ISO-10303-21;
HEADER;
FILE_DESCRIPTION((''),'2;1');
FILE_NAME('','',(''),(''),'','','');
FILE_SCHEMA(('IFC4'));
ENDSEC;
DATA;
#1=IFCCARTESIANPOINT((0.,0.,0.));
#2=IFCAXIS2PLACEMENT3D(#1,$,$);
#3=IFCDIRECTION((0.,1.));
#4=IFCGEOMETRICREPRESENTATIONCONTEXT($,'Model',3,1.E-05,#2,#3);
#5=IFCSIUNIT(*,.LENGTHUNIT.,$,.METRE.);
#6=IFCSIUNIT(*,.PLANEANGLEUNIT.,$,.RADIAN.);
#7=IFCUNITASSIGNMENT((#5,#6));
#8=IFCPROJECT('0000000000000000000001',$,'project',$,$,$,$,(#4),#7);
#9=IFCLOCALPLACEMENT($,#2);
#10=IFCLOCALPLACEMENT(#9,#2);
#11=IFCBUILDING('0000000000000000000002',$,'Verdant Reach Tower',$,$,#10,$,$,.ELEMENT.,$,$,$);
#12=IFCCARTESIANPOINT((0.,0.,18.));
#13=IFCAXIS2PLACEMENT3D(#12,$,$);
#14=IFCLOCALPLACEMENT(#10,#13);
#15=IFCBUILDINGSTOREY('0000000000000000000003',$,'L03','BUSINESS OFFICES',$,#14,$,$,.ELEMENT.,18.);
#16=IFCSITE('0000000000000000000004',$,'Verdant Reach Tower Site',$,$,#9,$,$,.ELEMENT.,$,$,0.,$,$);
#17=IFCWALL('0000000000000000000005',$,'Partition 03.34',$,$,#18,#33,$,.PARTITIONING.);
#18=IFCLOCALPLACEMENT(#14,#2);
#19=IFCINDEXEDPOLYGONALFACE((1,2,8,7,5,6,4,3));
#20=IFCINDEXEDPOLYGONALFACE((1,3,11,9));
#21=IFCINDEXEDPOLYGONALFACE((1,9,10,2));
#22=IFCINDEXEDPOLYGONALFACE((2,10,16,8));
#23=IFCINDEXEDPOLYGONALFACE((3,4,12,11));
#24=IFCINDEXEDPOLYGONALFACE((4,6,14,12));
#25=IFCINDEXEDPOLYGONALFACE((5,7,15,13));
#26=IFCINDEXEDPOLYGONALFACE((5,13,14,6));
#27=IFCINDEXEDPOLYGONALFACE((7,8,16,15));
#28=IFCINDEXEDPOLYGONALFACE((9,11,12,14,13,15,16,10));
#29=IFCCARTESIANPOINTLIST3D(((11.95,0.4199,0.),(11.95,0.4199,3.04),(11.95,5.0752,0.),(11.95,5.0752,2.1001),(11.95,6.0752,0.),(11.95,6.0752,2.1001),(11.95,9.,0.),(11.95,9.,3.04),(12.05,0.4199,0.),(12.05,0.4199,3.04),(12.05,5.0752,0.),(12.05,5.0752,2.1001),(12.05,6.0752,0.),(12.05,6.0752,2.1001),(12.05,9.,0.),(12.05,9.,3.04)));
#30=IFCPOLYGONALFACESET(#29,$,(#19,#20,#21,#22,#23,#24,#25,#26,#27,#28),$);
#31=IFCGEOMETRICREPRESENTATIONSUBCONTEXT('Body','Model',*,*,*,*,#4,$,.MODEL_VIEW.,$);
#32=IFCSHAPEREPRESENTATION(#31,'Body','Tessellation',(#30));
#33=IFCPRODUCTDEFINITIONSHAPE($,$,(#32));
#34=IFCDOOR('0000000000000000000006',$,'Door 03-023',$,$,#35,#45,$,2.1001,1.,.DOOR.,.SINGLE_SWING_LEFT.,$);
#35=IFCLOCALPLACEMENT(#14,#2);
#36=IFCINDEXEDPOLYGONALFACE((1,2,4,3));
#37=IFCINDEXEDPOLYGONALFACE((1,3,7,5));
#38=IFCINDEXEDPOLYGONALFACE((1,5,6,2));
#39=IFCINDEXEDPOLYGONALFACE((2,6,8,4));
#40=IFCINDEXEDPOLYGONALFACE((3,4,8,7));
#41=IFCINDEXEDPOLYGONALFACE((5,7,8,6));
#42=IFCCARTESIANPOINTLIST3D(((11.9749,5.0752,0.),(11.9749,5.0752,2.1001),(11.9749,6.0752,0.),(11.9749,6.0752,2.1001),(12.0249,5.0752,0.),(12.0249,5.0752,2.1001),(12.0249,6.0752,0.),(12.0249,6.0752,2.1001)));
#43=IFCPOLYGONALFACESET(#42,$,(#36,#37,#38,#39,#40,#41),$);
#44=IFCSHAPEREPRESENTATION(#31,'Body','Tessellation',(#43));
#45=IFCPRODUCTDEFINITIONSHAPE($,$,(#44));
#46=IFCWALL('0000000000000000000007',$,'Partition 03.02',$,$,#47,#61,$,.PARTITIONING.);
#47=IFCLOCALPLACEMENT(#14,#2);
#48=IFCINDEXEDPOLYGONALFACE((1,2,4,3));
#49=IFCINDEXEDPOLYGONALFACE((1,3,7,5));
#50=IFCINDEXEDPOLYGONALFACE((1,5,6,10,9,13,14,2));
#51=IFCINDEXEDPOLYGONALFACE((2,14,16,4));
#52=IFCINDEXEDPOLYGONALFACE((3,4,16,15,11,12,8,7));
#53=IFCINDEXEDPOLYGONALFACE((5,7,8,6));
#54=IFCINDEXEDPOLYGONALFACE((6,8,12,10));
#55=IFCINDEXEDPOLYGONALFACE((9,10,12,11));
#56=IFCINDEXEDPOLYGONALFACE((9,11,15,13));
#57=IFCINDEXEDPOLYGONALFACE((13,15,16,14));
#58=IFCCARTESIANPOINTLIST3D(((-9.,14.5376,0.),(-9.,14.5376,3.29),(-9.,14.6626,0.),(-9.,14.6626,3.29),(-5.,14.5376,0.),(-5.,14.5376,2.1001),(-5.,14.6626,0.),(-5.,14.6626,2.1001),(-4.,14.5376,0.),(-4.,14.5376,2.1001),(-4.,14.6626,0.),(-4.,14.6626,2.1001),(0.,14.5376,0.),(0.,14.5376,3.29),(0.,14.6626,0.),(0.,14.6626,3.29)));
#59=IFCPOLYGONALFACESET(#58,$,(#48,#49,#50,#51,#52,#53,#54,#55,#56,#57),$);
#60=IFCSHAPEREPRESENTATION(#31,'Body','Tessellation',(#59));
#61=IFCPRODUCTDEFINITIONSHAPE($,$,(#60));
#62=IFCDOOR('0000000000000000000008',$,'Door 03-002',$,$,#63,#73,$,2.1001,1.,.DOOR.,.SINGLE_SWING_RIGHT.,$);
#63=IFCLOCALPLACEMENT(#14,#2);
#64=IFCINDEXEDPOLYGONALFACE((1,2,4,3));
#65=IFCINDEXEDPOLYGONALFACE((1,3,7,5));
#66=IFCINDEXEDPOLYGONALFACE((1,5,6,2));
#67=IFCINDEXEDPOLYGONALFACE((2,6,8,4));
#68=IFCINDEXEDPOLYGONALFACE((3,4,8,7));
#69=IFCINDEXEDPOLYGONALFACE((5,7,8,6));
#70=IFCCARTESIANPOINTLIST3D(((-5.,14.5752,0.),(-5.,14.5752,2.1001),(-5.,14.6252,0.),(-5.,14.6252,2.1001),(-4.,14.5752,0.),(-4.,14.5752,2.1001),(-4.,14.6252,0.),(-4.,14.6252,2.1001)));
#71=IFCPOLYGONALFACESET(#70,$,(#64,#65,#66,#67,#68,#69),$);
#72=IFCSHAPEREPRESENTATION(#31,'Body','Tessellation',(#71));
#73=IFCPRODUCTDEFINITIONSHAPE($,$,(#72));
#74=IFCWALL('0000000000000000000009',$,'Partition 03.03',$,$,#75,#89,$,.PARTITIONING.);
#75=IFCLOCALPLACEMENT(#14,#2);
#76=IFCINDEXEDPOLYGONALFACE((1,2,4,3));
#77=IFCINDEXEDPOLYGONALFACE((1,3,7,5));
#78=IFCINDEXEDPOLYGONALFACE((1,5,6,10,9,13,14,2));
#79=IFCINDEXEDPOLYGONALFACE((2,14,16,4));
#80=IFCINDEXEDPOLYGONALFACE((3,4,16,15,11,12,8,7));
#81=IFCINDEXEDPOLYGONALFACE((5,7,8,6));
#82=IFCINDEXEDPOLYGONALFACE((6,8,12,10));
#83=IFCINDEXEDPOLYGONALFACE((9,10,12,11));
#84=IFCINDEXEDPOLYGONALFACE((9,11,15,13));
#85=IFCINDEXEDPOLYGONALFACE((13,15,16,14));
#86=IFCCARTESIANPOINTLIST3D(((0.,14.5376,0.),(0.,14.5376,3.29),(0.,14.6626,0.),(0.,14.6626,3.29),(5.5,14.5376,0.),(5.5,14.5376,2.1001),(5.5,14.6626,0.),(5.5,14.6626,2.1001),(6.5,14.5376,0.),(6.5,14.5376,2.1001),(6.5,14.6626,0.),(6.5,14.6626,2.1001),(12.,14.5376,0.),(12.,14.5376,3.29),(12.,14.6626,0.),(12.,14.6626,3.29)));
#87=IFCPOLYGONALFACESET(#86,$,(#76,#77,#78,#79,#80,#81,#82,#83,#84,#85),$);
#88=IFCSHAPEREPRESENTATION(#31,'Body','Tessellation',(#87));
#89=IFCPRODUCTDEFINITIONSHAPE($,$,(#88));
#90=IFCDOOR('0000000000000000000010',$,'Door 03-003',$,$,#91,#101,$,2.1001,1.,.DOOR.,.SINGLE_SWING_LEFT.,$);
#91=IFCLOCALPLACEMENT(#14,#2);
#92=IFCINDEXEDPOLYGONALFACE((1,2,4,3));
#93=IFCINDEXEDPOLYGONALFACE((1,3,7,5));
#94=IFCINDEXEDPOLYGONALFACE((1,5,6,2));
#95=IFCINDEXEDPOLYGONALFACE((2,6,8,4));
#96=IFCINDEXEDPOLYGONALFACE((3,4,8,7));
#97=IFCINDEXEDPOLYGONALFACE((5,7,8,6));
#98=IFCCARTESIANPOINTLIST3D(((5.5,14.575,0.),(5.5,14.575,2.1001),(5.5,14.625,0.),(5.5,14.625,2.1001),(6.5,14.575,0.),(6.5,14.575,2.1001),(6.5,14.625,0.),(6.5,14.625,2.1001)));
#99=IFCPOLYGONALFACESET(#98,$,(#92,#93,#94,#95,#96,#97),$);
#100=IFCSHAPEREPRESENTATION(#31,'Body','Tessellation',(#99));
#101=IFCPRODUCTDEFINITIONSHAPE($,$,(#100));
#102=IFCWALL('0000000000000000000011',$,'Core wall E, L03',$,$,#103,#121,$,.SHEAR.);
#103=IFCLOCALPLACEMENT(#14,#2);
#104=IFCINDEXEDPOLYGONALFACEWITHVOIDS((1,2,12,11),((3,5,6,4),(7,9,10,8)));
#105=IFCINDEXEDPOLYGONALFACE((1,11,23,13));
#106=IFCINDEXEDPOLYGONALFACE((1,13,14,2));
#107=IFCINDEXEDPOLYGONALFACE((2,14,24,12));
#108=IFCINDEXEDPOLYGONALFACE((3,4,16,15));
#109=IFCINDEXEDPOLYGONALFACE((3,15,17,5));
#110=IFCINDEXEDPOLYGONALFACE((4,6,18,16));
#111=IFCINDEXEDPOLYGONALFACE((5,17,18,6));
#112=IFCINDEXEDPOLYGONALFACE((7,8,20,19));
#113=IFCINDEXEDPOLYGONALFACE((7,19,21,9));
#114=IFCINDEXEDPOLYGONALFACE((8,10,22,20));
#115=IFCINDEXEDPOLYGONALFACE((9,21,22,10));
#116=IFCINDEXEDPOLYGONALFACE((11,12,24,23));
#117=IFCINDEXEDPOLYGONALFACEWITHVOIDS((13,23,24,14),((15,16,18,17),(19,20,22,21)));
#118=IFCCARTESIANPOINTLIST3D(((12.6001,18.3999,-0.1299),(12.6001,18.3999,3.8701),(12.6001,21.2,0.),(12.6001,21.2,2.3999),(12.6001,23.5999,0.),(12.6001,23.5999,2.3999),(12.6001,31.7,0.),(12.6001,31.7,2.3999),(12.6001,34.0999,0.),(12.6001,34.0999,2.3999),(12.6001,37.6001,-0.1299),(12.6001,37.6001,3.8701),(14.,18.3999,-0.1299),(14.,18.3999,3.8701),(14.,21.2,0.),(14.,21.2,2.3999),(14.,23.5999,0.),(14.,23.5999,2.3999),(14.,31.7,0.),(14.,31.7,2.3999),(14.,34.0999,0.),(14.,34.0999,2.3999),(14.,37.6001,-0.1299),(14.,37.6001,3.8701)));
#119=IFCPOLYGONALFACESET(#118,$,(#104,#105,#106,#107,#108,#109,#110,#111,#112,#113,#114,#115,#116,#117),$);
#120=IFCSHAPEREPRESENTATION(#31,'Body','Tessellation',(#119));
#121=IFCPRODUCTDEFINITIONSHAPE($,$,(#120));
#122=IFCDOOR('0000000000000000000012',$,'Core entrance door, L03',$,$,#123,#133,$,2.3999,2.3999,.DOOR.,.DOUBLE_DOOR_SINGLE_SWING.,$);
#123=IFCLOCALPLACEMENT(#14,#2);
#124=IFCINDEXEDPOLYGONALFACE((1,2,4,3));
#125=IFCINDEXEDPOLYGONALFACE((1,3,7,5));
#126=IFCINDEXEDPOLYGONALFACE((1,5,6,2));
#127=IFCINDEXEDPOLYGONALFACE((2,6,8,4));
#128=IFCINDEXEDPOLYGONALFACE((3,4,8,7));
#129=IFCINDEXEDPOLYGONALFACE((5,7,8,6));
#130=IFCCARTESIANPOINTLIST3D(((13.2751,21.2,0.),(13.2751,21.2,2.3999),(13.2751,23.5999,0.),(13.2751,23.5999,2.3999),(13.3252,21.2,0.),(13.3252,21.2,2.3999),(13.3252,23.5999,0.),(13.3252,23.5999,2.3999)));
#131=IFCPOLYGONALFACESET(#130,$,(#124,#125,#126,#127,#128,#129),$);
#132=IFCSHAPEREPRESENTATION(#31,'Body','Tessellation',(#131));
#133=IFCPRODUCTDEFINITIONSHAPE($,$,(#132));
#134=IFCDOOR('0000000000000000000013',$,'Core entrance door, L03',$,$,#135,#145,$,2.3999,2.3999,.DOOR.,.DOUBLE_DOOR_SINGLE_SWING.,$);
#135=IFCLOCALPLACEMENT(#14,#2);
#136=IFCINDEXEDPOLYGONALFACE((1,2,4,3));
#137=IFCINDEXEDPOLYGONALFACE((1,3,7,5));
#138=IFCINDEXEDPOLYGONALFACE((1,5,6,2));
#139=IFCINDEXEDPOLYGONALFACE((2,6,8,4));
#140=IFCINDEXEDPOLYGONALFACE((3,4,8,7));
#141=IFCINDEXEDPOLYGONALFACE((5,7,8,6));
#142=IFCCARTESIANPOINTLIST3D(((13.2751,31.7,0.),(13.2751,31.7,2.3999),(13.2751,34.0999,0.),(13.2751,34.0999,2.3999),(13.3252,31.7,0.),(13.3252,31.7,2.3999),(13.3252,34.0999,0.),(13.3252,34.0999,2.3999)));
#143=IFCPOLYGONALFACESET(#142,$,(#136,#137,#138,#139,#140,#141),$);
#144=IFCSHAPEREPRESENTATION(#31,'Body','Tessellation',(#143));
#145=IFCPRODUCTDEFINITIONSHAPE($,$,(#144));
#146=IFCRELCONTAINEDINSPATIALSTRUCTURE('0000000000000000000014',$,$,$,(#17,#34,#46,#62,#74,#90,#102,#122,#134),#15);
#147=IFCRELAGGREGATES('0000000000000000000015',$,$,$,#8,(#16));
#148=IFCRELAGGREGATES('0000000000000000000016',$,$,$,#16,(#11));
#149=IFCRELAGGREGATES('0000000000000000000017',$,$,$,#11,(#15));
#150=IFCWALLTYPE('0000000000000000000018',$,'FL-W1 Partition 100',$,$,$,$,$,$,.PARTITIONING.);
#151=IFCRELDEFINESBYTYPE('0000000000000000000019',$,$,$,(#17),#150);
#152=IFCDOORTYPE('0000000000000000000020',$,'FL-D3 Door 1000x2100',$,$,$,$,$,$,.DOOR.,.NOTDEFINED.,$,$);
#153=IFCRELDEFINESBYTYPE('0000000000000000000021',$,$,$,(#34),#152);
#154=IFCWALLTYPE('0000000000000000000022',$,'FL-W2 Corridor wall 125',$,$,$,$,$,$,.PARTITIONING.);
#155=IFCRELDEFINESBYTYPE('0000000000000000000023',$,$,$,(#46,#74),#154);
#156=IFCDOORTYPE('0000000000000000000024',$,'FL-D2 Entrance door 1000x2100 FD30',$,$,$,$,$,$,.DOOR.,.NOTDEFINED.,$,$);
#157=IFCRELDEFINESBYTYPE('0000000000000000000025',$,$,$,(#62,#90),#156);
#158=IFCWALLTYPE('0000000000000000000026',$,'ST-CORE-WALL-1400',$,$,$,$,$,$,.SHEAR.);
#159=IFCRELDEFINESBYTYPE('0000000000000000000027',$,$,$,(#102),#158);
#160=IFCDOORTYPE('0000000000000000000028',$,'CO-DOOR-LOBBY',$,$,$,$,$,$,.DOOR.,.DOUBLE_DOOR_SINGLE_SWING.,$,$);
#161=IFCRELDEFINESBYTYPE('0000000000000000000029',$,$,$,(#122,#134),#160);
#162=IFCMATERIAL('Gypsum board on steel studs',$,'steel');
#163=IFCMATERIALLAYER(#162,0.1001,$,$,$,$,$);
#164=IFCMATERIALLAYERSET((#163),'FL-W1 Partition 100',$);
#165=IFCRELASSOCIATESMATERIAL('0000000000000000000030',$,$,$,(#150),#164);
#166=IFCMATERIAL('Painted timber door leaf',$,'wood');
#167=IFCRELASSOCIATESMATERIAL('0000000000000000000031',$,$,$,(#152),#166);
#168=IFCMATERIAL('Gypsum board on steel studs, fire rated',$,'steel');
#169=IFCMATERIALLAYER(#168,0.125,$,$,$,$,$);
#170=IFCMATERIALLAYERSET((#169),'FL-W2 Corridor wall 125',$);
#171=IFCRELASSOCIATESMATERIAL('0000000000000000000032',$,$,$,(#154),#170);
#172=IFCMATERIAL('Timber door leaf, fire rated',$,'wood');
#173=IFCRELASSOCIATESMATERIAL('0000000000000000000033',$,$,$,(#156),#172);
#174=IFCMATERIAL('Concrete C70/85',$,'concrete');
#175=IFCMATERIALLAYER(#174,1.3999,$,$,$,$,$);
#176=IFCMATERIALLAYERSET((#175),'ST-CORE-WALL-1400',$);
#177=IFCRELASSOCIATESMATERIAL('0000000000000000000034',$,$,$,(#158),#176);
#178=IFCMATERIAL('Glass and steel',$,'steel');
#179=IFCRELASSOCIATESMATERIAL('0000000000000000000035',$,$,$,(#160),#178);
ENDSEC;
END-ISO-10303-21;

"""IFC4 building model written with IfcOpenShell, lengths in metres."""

from ifc_helpers import new_model, si_unit, direction, frame, frame_2d, origin, place, context, subcontext, project, spatial, rectangle, extrude, material, layer, layer_set, type_object, element, fill, save


model = new_model("IFC4")

# Units and contexts
model_context = context("Model", 3, precision=1e-05, world=origin(), true_north=direction((0.0, 1.0)))
body_context = subcontext(model_context, "Body", "Model", "MODEL_VIEW")
ifc_project = project(units=[si_unit("LENGTHUNIT", "METRE"), si_unit("PLANEANGLEUNIT", "RADIAN")], contexts=[model_context])

# Site, building, storey
site_placement = place(None, origin())
site = spatial("IfcSite", under=ifc_project, at=site_placement, Name="Verdant Reach Tower Site", CompositionType="ELEMENT", RefElevation=0.0)
building_placement = place(site_placement, origin())
building = spatial("IfcBuilding", under=site, at=building_placement, Name="Verdant Reach Tower", CompositionType="ELEMENT")
storey_placement = place(building_placement, frame((0.0, 0.0, 18.0)))
storey = spatial("IfcBuildingStorey", under=building, at=storey_placement, Name="L03", Description="BUSINESS OFFICES", CompositionType="ELEMENT", Elevation=18.0)

# Shared definitions
ifc_material_1 = material(Name="Gypsum board on steel studs", Category="steel")

# Shared definitions
ifc_layer_1 = layer(ifc_material_1, 0.1001)
ifc_layer_set_1 = layer_set([ifc_layer_1], Name="FL-W1 Partition 100")
wall_type_1 = type_object("IfcWallType", Name="FL-W1 Partition 100", PredefinedType="PARTITIONING", material=ifc_layer_set_1)
ifc_material_2 = material(Name="Painted timber door leaf", Category="wood")
door_type_1 = type_object("IfcDoorType", Name="FL-D3 Door 1000x2100", OperationType="NOTDEFINED", PredefinedType="DOOR", material=ifc_material_2)

# Walls, openings, doors
wall_1_placement = place(storey_placement, frame((12.0, 9.0, 0.0), z_axis=(0.0, 0.0, 1.0), x_axis=(0.0, -1.0, 0.0)))
wall_1 = element("IfcWall", 1, at=wall_1_placement, inside=storey, type_object=wall_type_1, Name="Partition 03.34", PredefinedType="PARTITIONING", context=body_context, shape_type="SweptSolid", body=[
    extrude(rectangle(XDim=8.5801, YDim=0.1001, at=frame_2d((4.29, 0.0))), origin(), (0.0, 0.0, 1.0), 3.04),
])
opening_1_placement = place(wall_1_placement, frame((2.9248, 0.0, 0.0)))
opening_1 = element("IfcOpeningElement", 2, at=opening_1_placement, cuts=wall_1, PredefinedType="OPENING", context=body_context, shape_type="SweptSolid", body=[
    extrude(rectangle(XDim=1.0, YDim=2.1001, at=frame_2d((0.5, 1.05))), frame((0.0, 0.0601, 0.0), z_axis=(0.0, -1.0, 0.0), x_axis=(1.0, 0.0, 0.0)), (0.0, 0.0, 1.0), 0.1201),
])
door_1_placement = place(opening_1_placement, origin())
door_1 = element("IfcDoor", 3, at=door_1_placement, inside=storey, type_object=door_type_1, Name="Door 03-023", OperationType="SINGLE_SWING_LEFT", OverallHeight=2.1001, OverallWidth=1.0, PredefinedType="DOOR", context=body_context, shape_type="SweptSolid", body=[
    extrude(rectangle(XDim=1.0, YDim=2.1001, at=frame_2d((0.5, 1.05))), frame((0.0, 0.0249, 0.0), z_axis=(0.0, -1.0, 0.0), x_axis=(1.0, 0.0, 0.0)), (0.0, 0.0, 1.0), 0.05),
])
fill(opening_1, door_1)
ifc_material_3 = material(Name="Gypsum board on steel studs, fire rated", Category="steel")
ifc_layer_2 = layer(ifc_material_3, 0.125)
ifc_layer_set_2 = layer_set([ifc_layer_2], Name="FL-W2 Corridor wall 125")
wall_type_2 = type_object("IfcWallType", Name="FL-W2 Corridor wall 125", PredefinedType="PARTITIONING", material=ifc_layer_set_2)
wall_2_placement = place(storey_placement, frame((0.0, 14.6001, 0.0), z_axis=(0.0, 0.0, 1.0), x_axis=(-1.0, 0.0, 0.0)))
wall_2 = element("IfcWall", 4, at=wall_2_placement, inside=storey, type_object=wall_type_2, Name="Partition 03.02", PredefinedType="PARTITIONING", context=body_context, shape_type="SweptSolid", body=[
    extrude(rectangle(XDim=9.0, YDim=0.125, at=frame_2d((4.5, 0.0))), origin(), (0.0, 0.0, 1.0), 3.29),
])
opening_2_placement = place(wall_2_placement, frame((4.0, 0.0, 0.0)))
opening_2 = element("IfcOpeningElement", 5, at=opening_2_placement, cuts=wall_2, PredefinedType="OPENING", context=body_context, shape_type="SweptSolid", body=[
    extrude(rectangle(XDim=1.0, YDim=2.1001, at=frame_2d((0.5, 1.05))), frame((0.0, 0.0725, 0.0), z_axis=(0.0, -1.0, 0.0), x_axis=(1.0, 0.0, 0.0)), (0.0, 0.0, 1.0), 0.145),
])
ifc_material_4 = material(Name="Timber door leaf, fire rated", Category="wood")
door_type_2 = type_object("IfcDoorType", Name="FL-D2 Entrance door 1000x2100 FD30", OperationType="NOTDEFINED", PredefinedType="DOOR", material=ifc_material_4)
door_2_placement = place(opening_2_placement, origin())
door_2 = element("IfcDoor", 6, at=door_2_placement, inside=storey, type_object=door_type_2, Name="Door 03-002", OperationType="SINGLE_SWING_RIGHT", OverallHeight=2.1001, OverallWidth=1.0, PredefinedType="DOOR", context=body_context, shape_type="SweptSolid", body=[
    extrude(rectangle(XDim=1.0, YDim=2.1001, at=frame_2d((0.5, 1.05))), frame((0.0, 0.0249, 0.0), z_axis=(0.0, -1.0, 0.0), x_axis=(1.0, 0.0, 0.0)), (0.0, 0.0, 1.0), 0.05),
])
fill(opening_2, door_2)
wall_3_placement = place(storey_placement, frame((0.0, 14.6001, 0.0), z_axis=(0.0, 0.0, 1.0), x_axis=(1.0, 0.0, 0.0)))
wall_3 = element("IfcWall", 7, at=wall_3_placement, inside=storey, type_object=wall_type_2, Name="Partition 03.03", PredefinedType="PARTITIONING", context=body_context, shape_type="SweptSolid", body=[
    extrude(rectangle(XDim=12.0, YDim=0.125, at=frame_2d((6.0, 0.0))), origin(), (0.0, 0.0, 1.0), 3.29),
])
opening_3_placement = place(wall_3_placement, frame((5.5, 0.0, 0.0)))
opening_3 = element("IfcOpeningElement", 8, at=opening_3_placement, cuts=wall_3, PredefinedType="OPENING", context=body_context, shape_type="SweptSolid", body=[
    extrude(rectangle(XDim=1.0, YDim=2.1001, at=frame_2d((0.5, 1.05))), frame((0.0, 0.0725, 0.0), z_axis=(0.0, -1.0, 0.0), x_axis=(1.0, 0.0, 0.0)), (0.0, 0.0, 1.0), 0.145),
])
door_3_placement = place(opening_3_placement, origin())
door_3 = element("IfcDoor", 9, at=door_3_placement, inside=storey, type_object=door_type_2, Name="Door 03-003", OperationType="SINGLE_SWING_LEFT", OverallHeight=2.1001, OverallWidth=1.0, PredefinedType="DOOR", context=body_context, shape_type="SweptSolid", body=[
    extrude(rectangle(XDim=1.0, YDim=2.1001, at=frame_2d((0.5, 1.05))), frame((0.0, 0.0249, 0.0), z_axis=(0.0, -1.0, 0.0), x_axis=(1.0, 0.0, 0.0)), (0.0, 0.0, 1.0), 0.05),
])
fill(opening_3, door_3)

# Wall, openings, doors
ifc_material_5 = material(Name="Concrete C70/85", Category="concrete")
ifc_layer_3 = layer(ifc_material_5, 1.3999)
ifc_layer_set_3 = layer_set([ifc_layer_3], Name="ST-CORE-WALL-1400")
wall_type_3 = type_object("IfcWallType", Name="ST-CORE-WALL-1400", PredefinedType="SHEAR", material=ifc_layer_set_3)
wall_4_placement = place(storey_placement, frame((13.3, 18.3999, -0.1299), z_axis=(0.0, 0.0, 1.0), x_axis=(0.0, 1.0, 0.0)))
wall_4 = element("IfcWall", 10, at=wall_4_placement, inside=storey, type_object=wall_type_3, Name="Core wall E, L03", PredefinedType="SHEAR", context=body_context, shape_type="SweptSolid", body=[
    extrude(rectangle(XDim=19.2002, YDim=1.3999, at=frame_2d((9.6001, 0.0))), origin(), (0.0, 0.0, 1.0), 4.0),
])
opening_4_placement = place(wall_4_placement, frame((2.8, 0.0, 0.1299)))
opening_4 = element("IfcOpeningElement", 11, at=opening_4_placement, cuts=wall_4, PredefinedType="OPENING", context=body_context, shape_type="SweptSolid", body=[
    extrude(rectangle(XDim=2.3999, YDim=2.3999, at=frame_2d((1.2, 1.2))), frame((0.0, 0.71, 0.0), z_axis=(0.0, -1.0, 0.0), x_axis=(1.0, 0.0, 0.0)), (0.0, 0.0, 1.0), 1.4199),
])
opening_5_placement = place(wall_4_placement, frame((13.3, 0.0, 0.1299)))
opening_5 = element("IfcOpeningElement", 12, at=opening_5_placement, cuts=wall_4, PredefinedType="OPENING", context=body_context, shape_type="SweptSolid", body=[
    extrude(rectangle(XDim=2.3999, YDim=2.3999, at=frame_2d((1.2, 1.2))), frame((0.0, 0.71, 0.0), z_axis=(0.0, -1.0, 0.0), x_axis=(1.0, 0.0, 0.0)), (0.0, 0.0, 1.0), 1.4199),
])
ifc_material_6 = material(Name="Glass and steel", Category="steel")
door_type_3 = type_object("IfcDoorType", Name="CO-DOOR-LOBBY", OperationType="DOUBLE_DOOR_SINGLE_SWING", PredefinedType="DOOR", material=ifc_material_6)
door_4_placement = place(opening_4_placement, origin())
door_4 = element("IfcDoor", 13, at=door_4_placement, inside=storey, type_object=door_type_3, Name="Core entrance door, L03", OperationType="DOUBLE_DOOR_SINGLE_SWING", OverallHeight=2.3999, OverallWidth=2.3999, PredefinedType="DOOR", context=body_context, shape_type="SweptSolid", body=[
    extrude(rectangle(XDim=2.3999, YDim=2.3999, at=frame_2d((1.2, 1.2))), frame((0.0, 0.0249, 0.0), z_axis=(0.0, -1.0, 0.0), x_axis=(1.0, 0.0, 0.0)), (0.0, 0.0, 1.0), 0.05),
])
fill(opening_4, door_4)
door_5_placement = place(opening_5_placement, origin())
door_5 = element("IfcDoor", 14, at=door_5_placement, inside=storey, type_object=door_type_3, Name="Core entrance door, L03", OperationType="DOUBLE_DOOR_SINGLE_SWING", OverallHeight=2.3999, OverallWidth=2.3999, PredefinedType="DOOR", context=body_context, shape_type="SweptSolid", body=[
    extrude(rectangle(XDim=2.3999, YDim=2.3999, at=frame_2d((1.2, 1.2))), frame((0.0, 0.0249, 0.0), z_axis=(0.0, -1.0, 0.0), x_axis=(1.0, 0.0, 0.0)), (0.0, 0.0, 1.0), 0.05),
])
fill(opening_5, door_5)

save(model, "model.ifc")
